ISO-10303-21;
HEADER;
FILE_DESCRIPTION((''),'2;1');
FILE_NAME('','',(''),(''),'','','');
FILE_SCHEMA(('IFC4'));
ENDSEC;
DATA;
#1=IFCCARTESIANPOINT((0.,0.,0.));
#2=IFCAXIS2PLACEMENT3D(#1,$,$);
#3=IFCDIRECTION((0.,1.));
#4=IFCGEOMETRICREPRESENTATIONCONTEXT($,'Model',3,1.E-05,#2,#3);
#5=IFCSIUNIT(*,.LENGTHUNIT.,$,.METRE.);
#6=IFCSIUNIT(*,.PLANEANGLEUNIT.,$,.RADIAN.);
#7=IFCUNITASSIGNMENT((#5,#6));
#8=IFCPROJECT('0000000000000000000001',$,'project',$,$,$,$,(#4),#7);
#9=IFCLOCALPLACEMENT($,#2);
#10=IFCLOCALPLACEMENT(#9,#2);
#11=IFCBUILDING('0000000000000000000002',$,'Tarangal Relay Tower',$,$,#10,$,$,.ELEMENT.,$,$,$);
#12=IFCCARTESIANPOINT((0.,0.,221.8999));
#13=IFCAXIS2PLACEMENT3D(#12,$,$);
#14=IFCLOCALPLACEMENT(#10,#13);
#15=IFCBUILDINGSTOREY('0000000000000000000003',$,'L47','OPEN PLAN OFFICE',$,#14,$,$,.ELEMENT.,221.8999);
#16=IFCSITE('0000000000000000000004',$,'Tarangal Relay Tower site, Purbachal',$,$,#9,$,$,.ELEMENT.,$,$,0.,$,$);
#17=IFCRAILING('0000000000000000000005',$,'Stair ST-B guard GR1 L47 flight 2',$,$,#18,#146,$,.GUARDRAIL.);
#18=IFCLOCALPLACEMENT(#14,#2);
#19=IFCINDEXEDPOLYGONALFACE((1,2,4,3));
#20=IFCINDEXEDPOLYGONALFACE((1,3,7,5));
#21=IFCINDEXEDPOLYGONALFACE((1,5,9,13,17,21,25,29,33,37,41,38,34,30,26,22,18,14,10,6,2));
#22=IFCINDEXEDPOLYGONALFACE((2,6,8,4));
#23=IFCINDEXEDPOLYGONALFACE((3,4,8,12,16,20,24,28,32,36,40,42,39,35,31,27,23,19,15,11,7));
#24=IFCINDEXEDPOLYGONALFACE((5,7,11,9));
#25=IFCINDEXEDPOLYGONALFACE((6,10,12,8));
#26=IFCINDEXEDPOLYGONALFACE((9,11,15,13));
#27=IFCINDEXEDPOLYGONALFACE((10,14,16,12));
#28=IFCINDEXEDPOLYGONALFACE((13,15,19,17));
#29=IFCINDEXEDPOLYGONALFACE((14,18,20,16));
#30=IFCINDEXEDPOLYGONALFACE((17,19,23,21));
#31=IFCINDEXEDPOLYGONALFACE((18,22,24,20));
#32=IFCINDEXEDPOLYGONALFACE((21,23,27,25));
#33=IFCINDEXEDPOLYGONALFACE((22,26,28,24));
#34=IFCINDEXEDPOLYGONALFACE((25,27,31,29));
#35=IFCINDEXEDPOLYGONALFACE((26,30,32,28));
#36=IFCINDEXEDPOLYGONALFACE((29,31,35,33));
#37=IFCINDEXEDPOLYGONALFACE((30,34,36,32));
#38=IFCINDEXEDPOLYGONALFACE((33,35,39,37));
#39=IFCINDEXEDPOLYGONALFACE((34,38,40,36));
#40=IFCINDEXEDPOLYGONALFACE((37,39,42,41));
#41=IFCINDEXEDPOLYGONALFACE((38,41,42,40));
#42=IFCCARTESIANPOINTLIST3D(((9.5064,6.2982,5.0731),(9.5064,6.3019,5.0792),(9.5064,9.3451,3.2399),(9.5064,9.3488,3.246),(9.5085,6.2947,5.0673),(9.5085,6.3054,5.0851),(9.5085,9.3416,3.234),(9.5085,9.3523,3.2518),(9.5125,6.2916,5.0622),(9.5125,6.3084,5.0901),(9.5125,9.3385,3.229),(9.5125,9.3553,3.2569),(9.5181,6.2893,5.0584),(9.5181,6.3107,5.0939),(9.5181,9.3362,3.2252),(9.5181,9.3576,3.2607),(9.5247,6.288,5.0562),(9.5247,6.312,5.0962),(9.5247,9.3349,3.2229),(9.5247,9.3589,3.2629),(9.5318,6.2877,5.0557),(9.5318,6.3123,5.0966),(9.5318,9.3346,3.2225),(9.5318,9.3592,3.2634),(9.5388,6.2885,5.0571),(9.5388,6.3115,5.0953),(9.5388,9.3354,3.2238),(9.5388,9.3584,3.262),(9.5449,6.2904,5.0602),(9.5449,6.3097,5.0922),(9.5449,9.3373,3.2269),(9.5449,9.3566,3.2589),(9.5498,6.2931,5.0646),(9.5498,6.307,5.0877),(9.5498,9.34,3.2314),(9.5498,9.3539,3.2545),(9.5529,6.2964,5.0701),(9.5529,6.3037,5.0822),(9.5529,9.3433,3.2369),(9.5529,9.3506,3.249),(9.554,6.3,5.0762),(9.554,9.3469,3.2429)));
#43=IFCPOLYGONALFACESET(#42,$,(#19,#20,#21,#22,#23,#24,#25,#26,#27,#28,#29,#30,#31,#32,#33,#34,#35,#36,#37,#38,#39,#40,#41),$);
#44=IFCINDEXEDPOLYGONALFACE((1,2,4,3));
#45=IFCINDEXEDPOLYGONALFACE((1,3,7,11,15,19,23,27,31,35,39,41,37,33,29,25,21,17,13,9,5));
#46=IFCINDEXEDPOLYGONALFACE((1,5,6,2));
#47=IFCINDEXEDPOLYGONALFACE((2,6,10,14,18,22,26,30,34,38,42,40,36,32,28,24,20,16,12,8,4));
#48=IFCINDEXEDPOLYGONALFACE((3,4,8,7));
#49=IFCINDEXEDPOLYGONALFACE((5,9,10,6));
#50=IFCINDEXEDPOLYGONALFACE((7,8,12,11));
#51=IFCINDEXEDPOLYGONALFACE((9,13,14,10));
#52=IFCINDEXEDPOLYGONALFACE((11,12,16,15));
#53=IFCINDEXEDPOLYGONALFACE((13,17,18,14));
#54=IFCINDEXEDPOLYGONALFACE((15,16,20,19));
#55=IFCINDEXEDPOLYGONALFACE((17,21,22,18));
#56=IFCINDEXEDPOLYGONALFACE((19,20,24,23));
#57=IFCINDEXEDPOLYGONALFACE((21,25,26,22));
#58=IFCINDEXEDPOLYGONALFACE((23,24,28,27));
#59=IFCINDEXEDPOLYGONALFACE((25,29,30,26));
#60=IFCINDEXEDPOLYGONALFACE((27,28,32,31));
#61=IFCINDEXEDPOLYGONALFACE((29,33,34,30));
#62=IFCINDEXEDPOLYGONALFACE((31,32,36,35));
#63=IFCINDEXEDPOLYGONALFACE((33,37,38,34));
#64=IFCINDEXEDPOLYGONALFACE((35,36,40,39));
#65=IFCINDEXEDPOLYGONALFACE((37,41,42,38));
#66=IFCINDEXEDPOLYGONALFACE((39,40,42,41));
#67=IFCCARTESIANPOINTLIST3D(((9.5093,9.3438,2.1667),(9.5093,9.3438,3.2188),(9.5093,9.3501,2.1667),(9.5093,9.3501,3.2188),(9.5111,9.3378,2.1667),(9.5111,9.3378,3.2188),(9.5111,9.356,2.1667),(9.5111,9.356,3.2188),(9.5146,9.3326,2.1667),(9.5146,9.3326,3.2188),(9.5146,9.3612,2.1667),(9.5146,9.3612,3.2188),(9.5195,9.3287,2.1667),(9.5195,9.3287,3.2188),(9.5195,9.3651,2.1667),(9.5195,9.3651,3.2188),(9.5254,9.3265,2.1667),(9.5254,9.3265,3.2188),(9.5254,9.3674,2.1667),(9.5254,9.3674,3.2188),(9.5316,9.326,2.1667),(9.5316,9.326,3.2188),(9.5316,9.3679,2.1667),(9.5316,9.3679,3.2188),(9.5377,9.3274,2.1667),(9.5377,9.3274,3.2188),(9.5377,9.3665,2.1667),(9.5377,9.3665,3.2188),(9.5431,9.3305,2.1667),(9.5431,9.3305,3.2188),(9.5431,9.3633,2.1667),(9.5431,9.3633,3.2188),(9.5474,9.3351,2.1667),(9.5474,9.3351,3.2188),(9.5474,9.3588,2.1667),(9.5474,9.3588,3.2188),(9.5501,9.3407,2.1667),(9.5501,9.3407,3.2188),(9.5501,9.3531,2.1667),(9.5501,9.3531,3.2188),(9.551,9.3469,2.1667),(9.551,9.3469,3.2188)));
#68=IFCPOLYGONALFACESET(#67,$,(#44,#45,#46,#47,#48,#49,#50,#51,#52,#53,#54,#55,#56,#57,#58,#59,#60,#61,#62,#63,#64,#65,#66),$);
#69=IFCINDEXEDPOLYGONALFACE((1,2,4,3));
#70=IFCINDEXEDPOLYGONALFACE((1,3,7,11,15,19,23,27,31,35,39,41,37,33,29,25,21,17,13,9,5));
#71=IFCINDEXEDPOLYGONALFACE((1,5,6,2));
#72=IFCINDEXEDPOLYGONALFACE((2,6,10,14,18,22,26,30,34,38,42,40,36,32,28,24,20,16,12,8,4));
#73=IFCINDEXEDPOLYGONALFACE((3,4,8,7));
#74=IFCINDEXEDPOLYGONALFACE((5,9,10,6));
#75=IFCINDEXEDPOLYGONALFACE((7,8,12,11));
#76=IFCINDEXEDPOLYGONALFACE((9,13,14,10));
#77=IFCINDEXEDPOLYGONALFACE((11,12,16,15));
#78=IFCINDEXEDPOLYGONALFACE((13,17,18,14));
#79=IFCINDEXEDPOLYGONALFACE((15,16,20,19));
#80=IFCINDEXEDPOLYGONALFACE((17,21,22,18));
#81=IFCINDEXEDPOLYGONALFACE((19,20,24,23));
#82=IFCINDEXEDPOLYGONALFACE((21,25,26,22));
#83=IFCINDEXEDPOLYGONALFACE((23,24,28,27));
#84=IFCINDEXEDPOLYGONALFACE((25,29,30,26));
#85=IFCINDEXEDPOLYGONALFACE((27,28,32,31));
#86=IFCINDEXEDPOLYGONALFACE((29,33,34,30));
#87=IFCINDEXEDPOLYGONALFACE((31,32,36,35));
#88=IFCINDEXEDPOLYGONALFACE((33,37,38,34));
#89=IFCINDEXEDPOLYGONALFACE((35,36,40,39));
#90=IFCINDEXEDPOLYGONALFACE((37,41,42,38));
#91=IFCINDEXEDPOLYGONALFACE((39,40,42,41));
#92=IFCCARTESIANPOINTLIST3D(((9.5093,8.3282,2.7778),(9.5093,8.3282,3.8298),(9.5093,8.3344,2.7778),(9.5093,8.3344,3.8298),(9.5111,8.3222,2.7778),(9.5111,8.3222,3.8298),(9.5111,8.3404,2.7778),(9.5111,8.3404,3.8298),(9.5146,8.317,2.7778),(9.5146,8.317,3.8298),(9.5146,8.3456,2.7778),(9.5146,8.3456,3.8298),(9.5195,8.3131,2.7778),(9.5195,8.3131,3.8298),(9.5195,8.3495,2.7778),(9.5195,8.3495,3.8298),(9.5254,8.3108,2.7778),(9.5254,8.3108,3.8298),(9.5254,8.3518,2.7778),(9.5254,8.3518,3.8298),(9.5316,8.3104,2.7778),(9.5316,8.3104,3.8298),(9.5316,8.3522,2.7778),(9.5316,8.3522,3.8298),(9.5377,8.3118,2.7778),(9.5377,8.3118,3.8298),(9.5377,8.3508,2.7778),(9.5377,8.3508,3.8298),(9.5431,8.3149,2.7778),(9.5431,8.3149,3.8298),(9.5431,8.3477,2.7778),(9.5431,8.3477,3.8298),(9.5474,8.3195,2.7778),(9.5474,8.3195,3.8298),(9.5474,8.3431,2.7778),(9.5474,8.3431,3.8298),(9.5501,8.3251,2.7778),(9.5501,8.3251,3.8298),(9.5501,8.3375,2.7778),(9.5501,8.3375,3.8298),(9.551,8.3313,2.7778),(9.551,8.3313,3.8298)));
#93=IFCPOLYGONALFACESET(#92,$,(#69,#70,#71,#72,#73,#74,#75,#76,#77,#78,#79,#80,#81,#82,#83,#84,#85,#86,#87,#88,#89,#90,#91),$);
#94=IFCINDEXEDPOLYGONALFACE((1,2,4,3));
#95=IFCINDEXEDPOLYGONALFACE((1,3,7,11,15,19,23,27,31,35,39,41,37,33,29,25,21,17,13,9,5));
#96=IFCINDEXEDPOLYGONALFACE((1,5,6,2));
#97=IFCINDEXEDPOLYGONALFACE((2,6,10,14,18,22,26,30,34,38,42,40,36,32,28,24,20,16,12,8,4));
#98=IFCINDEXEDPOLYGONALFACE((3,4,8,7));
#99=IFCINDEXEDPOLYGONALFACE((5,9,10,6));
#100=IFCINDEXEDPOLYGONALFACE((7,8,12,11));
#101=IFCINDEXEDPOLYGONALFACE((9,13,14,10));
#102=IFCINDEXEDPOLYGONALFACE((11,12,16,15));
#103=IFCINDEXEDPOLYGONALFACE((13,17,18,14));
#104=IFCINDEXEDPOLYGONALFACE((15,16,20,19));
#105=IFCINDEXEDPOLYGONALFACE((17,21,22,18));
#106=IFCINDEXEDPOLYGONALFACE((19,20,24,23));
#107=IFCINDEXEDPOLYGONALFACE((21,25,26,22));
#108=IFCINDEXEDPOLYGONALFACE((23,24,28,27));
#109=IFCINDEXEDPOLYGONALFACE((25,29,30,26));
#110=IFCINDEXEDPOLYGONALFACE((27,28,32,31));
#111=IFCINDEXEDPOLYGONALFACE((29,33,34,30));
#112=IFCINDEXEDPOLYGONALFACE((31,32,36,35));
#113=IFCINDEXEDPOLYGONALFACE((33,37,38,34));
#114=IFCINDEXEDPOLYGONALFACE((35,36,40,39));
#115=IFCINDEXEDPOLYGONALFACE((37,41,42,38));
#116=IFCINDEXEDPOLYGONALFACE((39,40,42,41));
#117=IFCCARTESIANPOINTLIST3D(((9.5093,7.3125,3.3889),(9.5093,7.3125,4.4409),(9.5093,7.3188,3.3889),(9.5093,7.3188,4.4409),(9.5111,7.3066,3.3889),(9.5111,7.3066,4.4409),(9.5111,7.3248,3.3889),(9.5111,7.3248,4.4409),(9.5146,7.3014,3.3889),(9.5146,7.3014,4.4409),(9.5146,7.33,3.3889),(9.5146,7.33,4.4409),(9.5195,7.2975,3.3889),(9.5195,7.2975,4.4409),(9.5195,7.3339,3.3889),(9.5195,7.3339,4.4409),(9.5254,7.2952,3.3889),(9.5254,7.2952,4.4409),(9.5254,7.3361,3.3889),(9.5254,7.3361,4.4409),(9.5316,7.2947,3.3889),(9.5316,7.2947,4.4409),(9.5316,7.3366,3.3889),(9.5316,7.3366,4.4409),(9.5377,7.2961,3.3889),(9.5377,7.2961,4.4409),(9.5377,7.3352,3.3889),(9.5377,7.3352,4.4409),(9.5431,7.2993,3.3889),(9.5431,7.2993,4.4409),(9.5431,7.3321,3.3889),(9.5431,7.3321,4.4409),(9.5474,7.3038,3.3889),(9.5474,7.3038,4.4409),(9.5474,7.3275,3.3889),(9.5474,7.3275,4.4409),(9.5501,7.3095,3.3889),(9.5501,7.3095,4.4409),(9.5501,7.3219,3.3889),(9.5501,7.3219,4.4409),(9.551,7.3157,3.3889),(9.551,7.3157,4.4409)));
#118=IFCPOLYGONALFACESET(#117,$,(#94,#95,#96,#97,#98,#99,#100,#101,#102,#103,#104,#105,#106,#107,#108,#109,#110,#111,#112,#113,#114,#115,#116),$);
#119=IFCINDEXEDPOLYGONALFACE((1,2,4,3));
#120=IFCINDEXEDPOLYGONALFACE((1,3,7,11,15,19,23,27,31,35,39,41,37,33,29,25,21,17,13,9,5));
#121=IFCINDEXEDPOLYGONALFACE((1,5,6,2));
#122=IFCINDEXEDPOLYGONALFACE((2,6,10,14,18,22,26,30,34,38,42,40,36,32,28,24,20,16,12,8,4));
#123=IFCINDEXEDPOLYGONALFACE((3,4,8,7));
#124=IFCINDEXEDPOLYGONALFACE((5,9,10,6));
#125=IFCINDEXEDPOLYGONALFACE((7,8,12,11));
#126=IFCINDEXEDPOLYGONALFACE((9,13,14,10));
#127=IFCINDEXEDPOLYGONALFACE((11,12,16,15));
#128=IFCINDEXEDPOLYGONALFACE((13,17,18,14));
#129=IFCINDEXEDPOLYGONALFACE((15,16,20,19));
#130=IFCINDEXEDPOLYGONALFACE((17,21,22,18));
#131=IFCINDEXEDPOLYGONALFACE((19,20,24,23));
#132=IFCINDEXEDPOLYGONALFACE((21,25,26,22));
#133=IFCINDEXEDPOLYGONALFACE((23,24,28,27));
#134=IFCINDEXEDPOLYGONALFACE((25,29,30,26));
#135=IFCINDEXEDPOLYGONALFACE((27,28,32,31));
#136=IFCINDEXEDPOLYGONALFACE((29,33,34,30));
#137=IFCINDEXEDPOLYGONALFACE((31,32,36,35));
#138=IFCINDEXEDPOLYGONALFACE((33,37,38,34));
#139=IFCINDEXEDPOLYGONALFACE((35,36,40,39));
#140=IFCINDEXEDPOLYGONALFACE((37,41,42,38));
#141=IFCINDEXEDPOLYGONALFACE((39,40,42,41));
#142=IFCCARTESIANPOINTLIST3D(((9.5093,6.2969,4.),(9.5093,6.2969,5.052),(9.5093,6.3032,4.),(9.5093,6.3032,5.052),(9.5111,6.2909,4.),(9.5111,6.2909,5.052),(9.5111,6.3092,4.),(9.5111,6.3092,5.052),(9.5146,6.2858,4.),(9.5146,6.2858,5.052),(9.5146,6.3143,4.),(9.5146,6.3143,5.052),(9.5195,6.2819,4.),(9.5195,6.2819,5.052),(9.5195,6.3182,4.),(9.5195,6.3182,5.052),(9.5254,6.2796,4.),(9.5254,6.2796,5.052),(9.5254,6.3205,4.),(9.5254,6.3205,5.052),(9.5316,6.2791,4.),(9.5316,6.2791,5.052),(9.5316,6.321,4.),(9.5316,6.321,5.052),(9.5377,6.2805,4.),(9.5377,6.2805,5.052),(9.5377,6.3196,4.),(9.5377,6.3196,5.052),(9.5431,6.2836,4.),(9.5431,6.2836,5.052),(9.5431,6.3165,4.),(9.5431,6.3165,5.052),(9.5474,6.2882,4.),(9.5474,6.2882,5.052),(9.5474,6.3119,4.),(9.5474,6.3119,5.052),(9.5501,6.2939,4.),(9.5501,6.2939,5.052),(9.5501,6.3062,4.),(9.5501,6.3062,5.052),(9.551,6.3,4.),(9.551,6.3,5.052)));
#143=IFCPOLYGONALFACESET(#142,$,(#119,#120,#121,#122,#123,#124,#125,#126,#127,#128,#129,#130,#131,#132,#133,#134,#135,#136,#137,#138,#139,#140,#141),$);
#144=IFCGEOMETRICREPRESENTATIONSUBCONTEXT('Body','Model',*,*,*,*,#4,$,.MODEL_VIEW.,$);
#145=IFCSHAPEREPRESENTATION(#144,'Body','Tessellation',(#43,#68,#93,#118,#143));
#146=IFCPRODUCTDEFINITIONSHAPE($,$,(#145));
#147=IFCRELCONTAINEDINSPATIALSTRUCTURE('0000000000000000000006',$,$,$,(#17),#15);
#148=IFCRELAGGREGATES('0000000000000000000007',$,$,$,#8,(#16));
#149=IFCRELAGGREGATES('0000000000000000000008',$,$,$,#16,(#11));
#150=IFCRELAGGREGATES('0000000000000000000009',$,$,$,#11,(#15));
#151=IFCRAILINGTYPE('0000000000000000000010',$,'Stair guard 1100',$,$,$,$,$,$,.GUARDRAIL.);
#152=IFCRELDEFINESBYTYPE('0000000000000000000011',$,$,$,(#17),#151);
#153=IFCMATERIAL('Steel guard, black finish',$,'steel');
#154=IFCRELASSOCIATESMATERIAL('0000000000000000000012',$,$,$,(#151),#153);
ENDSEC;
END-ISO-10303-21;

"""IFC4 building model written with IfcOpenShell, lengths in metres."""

from ifc_helpers import new_model, si_unit, direction, frame, origin, origin_2d, place, context, subcontext, project, spatial, circle, extrude, material, type_object, element, save


model = new_model("IFC4")

# Units and contexts
model_context = context("Model", 3, precision=1e-05, world=origin(), true_north=direction((0.0, 1.0)))
body_context = subcontext(model_context, "Body", "Model", "MODEL_VIEW")
ifc_project = project(units=[si_unit("LENGTHUNIT", "METRE"), si_unit("PLANEANGLEUNIT", "RADIAN")], contexts=[model_context])

# Site, building, storey
site_placement = place(None, origin())
site = spatial("IfcSite", under=ifc_project, at=site_placement, Name="Tarangal Relay Tower site, Purbachal", CompositionType="ELEMENT", RefElevation=0.0)
building_placement = place(site_placement, origin())
building = spatial("IfcBuilding", under=site, at=building_placement, Name="Tarangal Relay Tower", CompositionType="ELEMENT")
storey_placement = place(building_placement, frame((0.0, 0.0, 221.8999)))
storey = spatial("IfcBuildingStorey", under=building, at=storey_placement, Name="L47", Description="OPEN PLAN OFFICE", CompositionType="ELEMENT", Elevation=221.8999)

# Railing
ifc_material_1 = material(Name="Steel guard, black finish", Category="steel")
railing_type_1 = type_object("IfcRailingType", Name="Stair guard 1100", PredefinedType="GUARDRAIL", material=ifc_material_1)
railing_1_placement = place(storey_placement, frame((9.53, 9.3469, 2.1667)))
element("IfcRailing", 1, at=railing_1_placement, inside=storey, type_object=railing_type_1, Name="Stair ST-B guard GR1 L47 flight 2", PredefinedType="GUARDRAIL", context=body_context, shape_type="SweptSolid", body=[
    extrude(circle(Radius=0.0239, at=origin_2d()), frame((0.0, 0.0, 1.0762), z_axis=(0.0, -0.856856, 0.515556), x_axis=(1.0, 0.0, 0.0)), (0.0, 0.0, 1.0), 3.5559),
    extrude(circle(Radius=0.021, at=origin_2d()), origin(), (0.0, 0.0, 1.0), 1.052),
    extrude(circle(Radius=0.021, at=origin_2d()), frame((0.0, -1.0156, 0.6111)), (0.0, 0.0, 1.0), 1.052),
    extrude(circle(Radius=0.021, at=origin_2d()), frame((0.0, -2.0312, 1.2222)), (0.0, 0.0, 1.0), 1.052),
    extrude(circle(Radius=0.021, at=origin_2d()), frame((0.0, -3.0469, 1.8333)), (0.0, 0.0, 1.0), 1.052),
])

save(model, "model.ifc")
